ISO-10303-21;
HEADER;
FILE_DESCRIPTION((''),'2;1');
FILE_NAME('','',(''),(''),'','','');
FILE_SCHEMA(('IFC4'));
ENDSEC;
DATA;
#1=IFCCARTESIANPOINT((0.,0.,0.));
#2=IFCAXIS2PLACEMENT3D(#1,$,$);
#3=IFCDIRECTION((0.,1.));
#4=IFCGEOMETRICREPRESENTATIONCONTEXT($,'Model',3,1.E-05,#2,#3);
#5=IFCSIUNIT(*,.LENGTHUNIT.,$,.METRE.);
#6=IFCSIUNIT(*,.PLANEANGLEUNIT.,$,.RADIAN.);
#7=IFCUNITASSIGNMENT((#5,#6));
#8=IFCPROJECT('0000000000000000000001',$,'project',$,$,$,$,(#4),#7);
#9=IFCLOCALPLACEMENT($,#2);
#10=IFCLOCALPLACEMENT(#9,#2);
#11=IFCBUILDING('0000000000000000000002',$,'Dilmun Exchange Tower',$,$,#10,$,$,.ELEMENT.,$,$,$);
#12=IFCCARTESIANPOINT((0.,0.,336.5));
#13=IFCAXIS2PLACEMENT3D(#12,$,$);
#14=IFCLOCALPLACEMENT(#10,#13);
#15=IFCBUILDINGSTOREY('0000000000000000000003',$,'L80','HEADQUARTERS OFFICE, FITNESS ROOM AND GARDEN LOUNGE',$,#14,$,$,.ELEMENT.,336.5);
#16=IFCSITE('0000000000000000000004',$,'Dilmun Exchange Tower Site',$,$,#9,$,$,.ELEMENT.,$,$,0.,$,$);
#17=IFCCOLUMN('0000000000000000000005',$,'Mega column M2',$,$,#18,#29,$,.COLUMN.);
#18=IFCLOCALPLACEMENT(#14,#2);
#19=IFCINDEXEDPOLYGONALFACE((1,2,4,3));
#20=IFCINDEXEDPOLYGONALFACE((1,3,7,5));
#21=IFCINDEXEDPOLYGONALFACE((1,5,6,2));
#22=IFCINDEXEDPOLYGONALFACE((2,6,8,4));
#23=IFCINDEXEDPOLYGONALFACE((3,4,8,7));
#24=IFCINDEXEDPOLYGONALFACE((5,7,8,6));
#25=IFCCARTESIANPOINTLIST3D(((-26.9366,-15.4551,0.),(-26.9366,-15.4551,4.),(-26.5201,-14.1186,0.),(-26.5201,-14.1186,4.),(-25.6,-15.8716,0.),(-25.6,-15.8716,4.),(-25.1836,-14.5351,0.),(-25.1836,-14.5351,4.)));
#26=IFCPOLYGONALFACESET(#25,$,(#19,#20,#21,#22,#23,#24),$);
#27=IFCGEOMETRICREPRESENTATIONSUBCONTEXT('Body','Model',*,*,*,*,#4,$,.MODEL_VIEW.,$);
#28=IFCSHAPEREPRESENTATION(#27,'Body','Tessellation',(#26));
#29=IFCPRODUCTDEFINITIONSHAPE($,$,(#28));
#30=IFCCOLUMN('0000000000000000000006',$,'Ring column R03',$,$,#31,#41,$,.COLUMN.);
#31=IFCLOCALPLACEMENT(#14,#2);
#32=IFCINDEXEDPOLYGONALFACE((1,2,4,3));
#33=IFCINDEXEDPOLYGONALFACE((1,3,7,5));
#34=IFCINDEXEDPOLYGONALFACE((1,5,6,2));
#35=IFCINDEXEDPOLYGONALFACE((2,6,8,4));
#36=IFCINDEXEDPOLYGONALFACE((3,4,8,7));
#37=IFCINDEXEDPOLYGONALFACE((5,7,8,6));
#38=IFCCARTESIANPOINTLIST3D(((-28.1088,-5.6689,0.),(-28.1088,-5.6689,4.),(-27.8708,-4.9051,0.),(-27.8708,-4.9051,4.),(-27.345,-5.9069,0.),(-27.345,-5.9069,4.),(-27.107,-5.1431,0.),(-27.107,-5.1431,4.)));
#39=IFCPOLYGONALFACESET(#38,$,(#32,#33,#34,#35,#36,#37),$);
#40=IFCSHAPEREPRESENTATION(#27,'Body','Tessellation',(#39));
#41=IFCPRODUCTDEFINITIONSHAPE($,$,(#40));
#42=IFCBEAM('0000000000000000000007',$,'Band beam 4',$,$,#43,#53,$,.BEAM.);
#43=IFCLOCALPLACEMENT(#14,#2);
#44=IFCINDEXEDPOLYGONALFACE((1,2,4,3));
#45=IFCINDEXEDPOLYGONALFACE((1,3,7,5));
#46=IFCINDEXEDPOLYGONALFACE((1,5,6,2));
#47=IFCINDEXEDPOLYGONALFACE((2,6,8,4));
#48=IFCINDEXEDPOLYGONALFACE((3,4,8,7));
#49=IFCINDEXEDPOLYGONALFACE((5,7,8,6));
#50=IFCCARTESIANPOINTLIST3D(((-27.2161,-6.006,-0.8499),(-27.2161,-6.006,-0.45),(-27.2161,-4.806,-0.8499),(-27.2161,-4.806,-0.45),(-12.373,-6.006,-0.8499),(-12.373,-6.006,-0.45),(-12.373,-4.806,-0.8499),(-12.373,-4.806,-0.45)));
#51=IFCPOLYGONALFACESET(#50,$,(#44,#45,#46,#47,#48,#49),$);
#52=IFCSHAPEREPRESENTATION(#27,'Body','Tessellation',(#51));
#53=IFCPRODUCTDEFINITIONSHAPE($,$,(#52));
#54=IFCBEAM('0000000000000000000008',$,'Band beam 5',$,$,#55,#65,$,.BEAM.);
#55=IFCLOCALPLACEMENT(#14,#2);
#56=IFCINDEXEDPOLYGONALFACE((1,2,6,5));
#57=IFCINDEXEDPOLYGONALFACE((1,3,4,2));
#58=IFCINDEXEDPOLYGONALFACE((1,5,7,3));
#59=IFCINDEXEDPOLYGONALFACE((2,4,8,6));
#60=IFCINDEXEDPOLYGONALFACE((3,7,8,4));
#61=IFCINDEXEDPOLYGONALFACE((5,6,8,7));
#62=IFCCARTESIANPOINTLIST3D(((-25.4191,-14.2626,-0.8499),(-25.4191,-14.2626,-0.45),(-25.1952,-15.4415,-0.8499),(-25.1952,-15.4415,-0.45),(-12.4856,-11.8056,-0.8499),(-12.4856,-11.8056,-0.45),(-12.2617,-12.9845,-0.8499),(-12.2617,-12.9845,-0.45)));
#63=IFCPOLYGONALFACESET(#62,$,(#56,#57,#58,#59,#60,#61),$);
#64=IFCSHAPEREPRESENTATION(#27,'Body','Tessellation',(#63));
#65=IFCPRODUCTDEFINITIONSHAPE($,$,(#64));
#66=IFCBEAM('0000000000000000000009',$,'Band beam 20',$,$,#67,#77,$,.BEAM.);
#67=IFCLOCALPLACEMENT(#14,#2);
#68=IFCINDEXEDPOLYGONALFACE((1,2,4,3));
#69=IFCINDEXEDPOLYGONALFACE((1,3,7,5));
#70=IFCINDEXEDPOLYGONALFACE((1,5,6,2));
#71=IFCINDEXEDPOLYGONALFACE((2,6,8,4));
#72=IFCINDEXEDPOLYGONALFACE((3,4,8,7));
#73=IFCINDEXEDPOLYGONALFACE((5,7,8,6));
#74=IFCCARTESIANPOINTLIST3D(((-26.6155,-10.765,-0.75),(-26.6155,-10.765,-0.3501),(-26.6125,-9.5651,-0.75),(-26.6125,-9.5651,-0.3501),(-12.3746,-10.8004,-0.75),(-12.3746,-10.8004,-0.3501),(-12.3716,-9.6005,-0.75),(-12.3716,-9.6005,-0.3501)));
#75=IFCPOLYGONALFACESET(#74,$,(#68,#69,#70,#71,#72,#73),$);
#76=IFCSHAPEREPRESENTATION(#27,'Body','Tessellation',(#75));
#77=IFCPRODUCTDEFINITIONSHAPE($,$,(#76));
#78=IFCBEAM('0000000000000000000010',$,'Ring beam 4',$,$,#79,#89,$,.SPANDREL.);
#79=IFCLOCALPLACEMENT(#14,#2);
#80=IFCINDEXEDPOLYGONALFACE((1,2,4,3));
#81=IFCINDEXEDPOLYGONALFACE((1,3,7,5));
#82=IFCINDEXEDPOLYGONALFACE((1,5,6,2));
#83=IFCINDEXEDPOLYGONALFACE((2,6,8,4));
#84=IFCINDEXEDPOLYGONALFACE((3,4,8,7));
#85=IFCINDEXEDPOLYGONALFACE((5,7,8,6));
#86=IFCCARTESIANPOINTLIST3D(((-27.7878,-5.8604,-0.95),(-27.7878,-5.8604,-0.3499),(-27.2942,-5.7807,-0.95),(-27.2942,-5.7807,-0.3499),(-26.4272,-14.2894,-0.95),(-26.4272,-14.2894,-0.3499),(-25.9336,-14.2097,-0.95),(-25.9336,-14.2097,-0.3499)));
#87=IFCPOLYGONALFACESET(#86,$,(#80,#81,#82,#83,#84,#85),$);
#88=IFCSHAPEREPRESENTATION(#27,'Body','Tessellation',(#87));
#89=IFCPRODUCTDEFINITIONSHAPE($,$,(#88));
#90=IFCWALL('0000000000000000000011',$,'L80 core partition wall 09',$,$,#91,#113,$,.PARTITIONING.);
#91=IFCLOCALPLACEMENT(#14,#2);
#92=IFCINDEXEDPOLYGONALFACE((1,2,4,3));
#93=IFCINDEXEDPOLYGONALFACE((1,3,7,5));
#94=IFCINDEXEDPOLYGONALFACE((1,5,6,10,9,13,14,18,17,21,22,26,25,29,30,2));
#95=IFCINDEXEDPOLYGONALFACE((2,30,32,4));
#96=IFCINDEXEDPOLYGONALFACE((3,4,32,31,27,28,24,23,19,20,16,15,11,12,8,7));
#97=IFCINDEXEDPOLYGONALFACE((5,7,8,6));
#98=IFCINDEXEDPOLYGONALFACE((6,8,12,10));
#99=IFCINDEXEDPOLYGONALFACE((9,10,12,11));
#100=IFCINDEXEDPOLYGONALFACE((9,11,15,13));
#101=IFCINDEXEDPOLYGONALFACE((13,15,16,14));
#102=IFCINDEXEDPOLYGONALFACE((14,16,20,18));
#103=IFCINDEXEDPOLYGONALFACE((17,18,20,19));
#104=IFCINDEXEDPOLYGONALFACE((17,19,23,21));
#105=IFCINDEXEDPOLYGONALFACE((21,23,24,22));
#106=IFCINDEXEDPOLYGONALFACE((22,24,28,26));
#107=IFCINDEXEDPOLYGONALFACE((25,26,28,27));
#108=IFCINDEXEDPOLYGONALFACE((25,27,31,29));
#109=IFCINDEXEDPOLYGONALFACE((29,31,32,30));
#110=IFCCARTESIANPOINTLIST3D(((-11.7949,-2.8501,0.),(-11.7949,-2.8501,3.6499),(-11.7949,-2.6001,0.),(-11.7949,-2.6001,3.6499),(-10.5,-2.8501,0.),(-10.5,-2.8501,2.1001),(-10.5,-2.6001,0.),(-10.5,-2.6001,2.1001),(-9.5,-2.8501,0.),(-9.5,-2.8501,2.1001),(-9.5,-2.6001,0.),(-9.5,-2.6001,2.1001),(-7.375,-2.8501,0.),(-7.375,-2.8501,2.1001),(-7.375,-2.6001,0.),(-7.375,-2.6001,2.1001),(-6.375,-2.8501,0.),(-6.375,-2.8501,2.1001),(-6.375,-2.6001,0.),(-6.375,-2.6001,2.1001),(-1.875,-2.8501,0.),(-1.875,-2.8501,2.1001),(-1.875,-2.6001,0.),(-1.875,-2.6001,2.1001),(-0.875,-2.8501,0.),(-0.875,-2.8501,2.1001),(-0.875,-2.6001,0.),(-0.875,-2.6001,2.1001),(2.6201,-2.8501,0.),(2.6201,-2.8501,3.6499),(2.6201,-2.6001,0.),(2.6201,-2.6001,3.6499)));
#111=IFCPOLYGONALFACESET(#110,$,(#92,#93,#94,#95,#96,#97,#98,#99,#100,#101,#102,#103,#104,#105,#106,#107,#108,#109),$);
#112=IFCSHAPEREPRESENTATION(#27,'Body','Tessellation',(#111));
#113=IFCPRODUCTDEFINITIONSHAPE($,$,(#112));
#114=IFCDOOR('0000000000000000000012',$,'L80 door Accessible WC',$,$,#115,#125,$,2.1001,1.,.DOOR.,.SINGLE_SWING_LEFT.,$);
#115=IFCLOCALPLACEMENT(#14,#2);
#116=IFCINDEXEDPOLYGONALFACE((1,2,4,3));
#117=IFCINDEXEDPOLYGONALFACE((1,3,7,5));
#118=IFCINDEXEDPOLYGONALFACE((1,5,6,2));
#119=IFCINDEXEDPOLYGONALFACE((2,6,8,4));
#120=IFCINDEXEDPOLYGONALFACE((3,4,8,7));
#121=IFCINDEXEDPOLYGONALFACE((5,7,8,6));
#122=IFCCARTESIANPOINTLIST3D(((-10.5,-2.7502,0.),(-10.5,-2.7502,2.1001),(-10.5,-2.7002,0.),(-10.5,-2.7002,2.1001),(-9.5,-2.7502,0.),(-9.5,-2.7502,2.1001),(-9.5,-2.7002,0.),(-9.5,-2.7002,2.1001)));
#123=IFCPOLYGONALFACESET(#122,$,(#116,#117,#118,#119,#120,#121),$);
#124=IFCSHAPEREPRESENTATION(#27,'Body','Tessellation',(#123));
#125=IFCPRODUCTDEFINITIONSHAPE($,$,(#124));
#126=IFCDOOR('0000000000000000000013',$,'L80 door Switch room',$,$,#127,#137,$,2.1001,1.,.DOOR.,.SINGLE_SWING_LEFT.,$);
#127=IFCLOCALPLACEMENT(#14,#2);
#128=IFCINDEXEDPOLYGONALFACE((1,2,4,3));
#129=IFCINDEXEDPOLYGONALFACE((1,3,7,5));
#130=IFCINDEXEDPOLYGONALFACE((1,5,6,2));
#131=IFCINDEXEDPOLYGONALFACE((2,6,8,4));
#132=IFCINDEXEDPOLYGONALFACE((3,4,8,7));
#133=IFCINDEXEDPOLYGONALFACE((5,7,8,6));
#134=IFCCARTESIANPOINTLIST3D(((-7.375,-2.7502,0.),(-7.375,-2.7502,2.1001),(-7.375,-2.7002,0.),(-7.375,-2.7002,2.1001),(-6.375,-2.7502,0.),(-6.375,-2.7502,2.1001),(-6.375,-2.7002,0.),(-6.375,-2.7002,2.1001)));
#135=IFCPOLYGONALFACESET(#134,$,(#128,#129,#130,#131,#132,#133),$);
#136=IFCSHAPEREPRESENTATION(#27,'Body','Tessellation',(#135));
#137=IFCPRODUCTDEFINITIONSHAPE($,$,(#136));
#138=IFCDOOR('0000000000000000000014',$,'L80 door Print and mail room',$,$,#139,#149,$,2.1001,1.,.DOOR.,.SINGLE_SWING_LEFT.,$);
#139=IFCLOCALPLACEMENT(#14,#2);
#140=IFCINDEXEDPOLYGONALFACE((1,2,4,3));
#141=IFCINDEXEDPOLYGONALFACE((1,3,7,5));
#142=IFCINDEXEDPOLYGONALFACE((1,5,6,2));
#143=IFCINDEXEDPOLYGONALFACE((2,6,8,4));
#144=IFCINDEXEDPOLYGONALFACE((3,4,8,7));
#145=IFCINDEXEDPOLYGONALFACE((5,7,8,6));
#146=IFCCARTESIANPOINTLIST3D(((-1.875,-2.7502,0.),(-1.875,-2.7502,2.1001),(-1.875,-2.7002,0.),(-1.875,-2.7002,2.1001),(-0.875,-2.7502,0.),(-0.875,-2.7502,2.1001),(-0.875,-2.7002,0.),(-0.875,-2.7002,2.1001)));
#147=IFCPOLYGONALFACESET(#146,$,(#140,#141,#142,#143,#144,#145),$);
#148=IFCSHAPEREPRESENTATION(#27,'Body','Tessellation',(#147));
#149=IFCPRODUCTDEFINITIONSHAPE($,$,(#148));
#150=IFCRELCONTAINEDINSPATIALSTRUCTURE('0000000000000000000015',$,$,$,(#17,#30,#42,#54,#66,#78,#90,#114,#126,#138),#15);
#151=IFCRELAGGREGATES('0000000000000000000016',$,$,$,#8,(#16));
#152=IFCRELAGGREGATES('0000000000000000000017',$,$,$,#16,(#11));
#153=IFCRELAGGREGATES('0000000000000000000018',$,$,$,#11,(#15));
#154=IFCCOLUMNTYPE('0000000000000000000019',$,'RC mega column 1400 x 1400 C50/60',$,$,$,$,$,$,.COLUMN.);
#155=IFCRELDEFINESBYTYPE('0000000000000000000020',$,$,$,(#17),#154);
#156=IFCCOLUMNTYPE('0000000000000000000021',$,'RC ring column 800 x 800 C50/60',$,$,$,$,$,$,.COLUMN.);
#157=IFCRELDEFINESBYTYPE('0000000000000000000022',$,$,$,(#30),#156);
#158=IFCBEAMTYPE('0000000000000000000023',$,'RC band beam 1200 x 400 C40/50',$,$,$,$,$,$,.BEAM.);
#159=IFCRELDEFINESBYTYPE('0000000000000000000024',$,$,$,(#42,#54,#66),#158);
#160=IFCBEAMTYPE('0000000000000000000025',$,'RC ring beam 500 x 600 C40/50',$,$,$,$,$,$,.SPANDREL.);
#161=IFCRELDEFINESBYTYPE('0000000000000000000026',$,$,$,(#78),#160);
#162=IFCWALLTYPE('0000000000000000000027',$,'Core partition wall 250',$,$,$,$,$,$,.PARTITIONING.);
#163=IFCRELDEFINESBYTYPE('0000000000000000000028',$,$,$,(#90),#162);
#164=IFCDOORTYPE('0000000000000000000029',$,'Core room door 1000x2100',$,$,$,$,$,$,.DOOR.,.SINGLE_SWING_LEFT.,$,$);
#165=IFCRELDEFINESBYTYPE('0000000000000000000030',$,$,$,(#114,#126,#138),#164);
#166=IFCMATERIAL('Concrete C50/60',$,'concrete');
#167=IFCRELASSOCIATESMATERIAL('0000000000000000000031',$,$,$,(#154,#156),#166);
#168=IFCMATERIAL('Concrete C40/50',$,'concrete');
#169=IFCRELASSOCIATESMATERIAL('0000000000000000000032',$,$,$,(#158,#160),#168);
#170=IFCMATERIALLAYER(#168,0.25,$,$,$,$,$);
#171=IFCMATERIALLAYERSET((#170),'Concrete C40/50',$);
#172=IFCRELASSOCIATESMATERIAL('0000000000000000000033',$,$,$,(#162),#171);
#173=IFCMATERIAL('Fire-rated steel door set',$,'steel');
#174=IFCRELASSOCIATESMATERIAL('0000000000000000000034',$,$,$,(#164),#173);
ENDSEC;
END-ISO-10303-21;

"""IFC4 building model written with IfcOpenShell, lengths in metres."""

from ifc_helpers import new_model, si_unit, direction, frame, frame_2d, origin, origin_2d, place, context, subcontext, project, spatial, rectangle, extrude, material, layer, layer_set, material_profile, profile_set, type_object, element, fill, save


model = new_model("IFC4")

# Units and contexts
model_context = context("Model", 3, precision=1e-05, world=origin(), true_north=direction((0.0, 1.0)))
body_context = subcontext(model_context, "Body", "Model", "MODEL_VIEW")
ifc_project = project(units=[si_unit("LENGTHUNIT", "METRE"), si_unit("PLANEANGLEUNIT", "RADIAN")], contexts=[model_context])

# Site, building, storey
site_placement = place(None, origin())
site = spatial("IfcSite", under=ifc_project, at=site_placement, Name="Dilmun Exchange Tower Site", CompositionType="ELEMENT", RefElevation=0.0)
building_placement = place(site_placement, origin())
building = spatial("IfcBuilding", under=site, at=building_placement, Name="Dilmun Exchange Tower", CompositionType="ELEMENT")
storey_placement = place(building_placement, frame((0.0, 0.0, 336.5)))
storey = spatial("IfcBuildingStorey", under=building, at=storey_placement, Name="L80", Description="HEADQUARTERS OFFICE, FITNESS ROOM AND GARDEN LOUNGE", CompositionType="ELEMENT", Elevation=336.5)

# Columns
ifc_material_1 = material(Name="Concrete C50/60", Category="concrete")
ifc_material_profile_1 = material_profile(ifc_material_1, rectangle(XDim=1.3999, YDim=1.3999, at=origin_2d()), Name="1400 x 1400")
ifc_profile_set_1 = profile_set([ifc_material_profile_1], Name="Concrete C50/60")
column_type_1 = type_object("IfcColumnType", Name="RC mega column 1400 x 1400 C50/60", PredefinedType="COLUMN", material=ifc_profile_set_1)
column_1_placement = place(storey_placement, frame((-26.0601, -14.9951, 0.0), z_axis=(0.0, 0.0, 1.0), x_axis=(0.297503, 0.954721, 0.0)))
element("IfcColumn", 1, at=column_1_placement, inside=storey, type_object=column_type_1, Name="Mega column M2", PredefinedType="COLUMN", context=body_context, shape_type="SweptSolid", body=[
    extrude(rectangle(XDim=1.3999, YDim=1.3999, at=origin_2d()), origin(), (0.0, 0.0, 1.0), 4.0),
])
ifc_material_profile_2 = material_profile(ifc_material_1, rectangle(XDim=0.8, YDim=0.8, at=origin_2d()), Name="800 x 800")
ifc_profile_set_2 = profile_set([ifc_material_profile_2], Name="Concrete C50/60")
column_type_2 = type_object("IfcColumnType", Name="RC ring column 800 x 800 C50/60", PredefinedType="COLUMN", material=ifc_profile_set_2)
column_2_placement = place(storey_placement, frame((-27.6079, -5.406, 0.0), z_axis=(0.0, 0.0, 1.0), x_axis=(0.297503, 0.954721, 0.0)))
element("IfcColumn", 2, at=column_2_placement, inside=storey, type_object=column_type_2, Name="Ring column R03", PredefinedType="COLUMN", context=body_context, shape_type="SweptSolid", body=[
    extrude(rectangle(XDim=0.8, YDim=0.8, at=origin_2d()), origin(), (0.0, 0.0, 1.0), 4.0),
])

# Beams
ifc_material_2 = material(Name="Concrete C40/50", Category="concrete")
ifc_material_profile_3 = material_profile(ifc_material_2, rectangle(XDim=1.2, YDim=0.3999, at=origin_2d()), Name="1200 x 400")
ifc_profile_set_3 = profile_set([ifc_material_profile_3], Name="Concrete C40/50")
beam_type_1 = type_object("IfcBeamType", Name="RC band beam 1200 x 400 C40/50", PredefinedType="BEAM", material=ifc_profile_set_3)
beam_1_placement = place(storey_placement, frame((-27.2161, -5.406, -0.6499), z_axis=(1.0, 0.0, 0.0), x_axis=(0.0, 1.0, 0.0)))
element("IfcBeam", 3, at=beam_1_placement, inside=storey, type_object=beam_type_1, Name="Band beam 4", PredefinedType="BEAM", context=body_context, shape_type="SweptSolid", body=[
    extrude(rectangle(XDim=1.2, YDim=0.3999, at=origin_2d()), origin(), (0.0, 0.0, 1.0), 14.843),
])
beam_2_placement = place(storey_placement, frame((-25.3071, -14.8521, -0.6499), z_axis=(0.982429, 0.186635, 0.0), x_axis=(-0.186635, 0.982429, 0.0)))
element("IfcBeam", 4, at=beam_2_placement, inside=storey, type_object=beam_type_1, Name="Band beam 5", PredefinedType="BEAM", context=body_context, shape_type="SweptSolid", body=[
    extrude(rectangle(XDim=1.2, YDim=0.3999, at=origin_2d()), origin(), (0.0, 0.0, 1.0), 13.1648),
])
beam_3_placement = place(storey_placement, frame((-26.614, -10.165, -0.55), z_axis=(0.999997, -0.002486, 0.0), x_axis=(0.002486, 0.999997, 0.0)))
element("IfcBeam", 5, at=beam_3_placement, inside=storey, type_object=beam_type_1, Name="Band beam 20", PredefinedType="BEAM", context=body_context, shape_type="SweptSolid", body=[
    extrude(rectangle(XDim=1.2, YDim=0.3999, at=origin_2d()), origin(), (0.0, 0.0, 1.0), 14.241),
])
ifc_material_profile_4 = material_profile(ifc_material_2, rectangle(XDim=0.5, YDim=0.6001, at=origin_2d()), Name="500 x 600")
ifc_profile_set_4 = profile_set([ifc_material_profile_4], Name="Concrete C40/50")
beam_type_2 = type_object("IfcBeamType", Name="RC ring beam 500 x 600 C40/50", PredefinedType="SPANDREL", material=ifc_profile_set_4)
beam_4_placement = place(storey_placement, frame((-27.541, -5.8206, -0.6499), z_axis=(0.159357, -0.987221, 0.0), x_axis=(0.987221, 0.159357, 0.0)))
element("IfcBeam", 6, at=beam_4_placement, inside=storey, type_object=beam_type_2, Name="Ring beam 4", PredefinedType="SPANDREL", context=body_context, shape_type="SweptSolid", body=[
    extrude(rectangle(XDim=0.5, YDim=0.6001, at=origin_2d()), origin(), (0.0, 0.0, 1.0), 8.5381),
])

# Wall, openings, doors
ifc_layer_1 = layer(ifc_material_2, 0.25)
ifc_layer_set_1 = layer_set([ifc_layer_1], Name="Concrete C40/50")
wall_type_1 = type_object("IfcWallType", Name="Core partition wall 250", PredefinedType="PARTITIONING", material=ifc_layer_set_1)
wall_1_placement = place(storey_placement, frame((-11.7949, -2.7251, 0.0), z_axis=(0.0, 0.0, 1.0), x_axis=(1.0, 0.0, 0.0)))
wall_1 = element("IfcWall", 7, at=wall_1_placement, inside=storey, type_object=wall_type_1, Name="L80 core partition wall 09", PredefinedType="PARTITIONING", context=body_context, shape_type="SweptSolid", body=[
    extrude(rectangle(XDim=14.415, YDim=0.25, at=frame_2d((7.2075, 0.0))), origin(), (0.0, 0.0, 1.0), 3.6499),
])
opening_1_placement = place(wall_1_placement, frame((1.2949, 0.0, 0.0)))
opening_1 = element("IfcOpeningElement", 8, at=opening_1_placement, cuts=wall_1, PredefinedType="OPENING", context=body_context, shape_type="SweptSolid", body=[
    extrude(rectangle(XDim=1.0, YDim=2.1001, at=frame_2d((0.5, 1.05))), frame((0.0, 0.135, 0.0), z_axis=(0.0, -1.0, 0.0), x_axis=(1.0, 0.0, 0.0)), (0.0, 0.0, 1.0), 0.27),
])
opening_2_placement = place(wall_1_placement, frame((4.4199, 0.0, 0.0)))
opening_2 = element("IfcOpeningElement", 9, at=opening_2_placement, cuts=wall_1, PredefinedType="OPENING", context=body_context, shape_type="SweptSolid", body=[
    extrude(rectangle(XDim=1.0, YDim=2.1001, at=frame_2d((0.5, 1.05))), frame((0.0, 0.135, 0.0), z_axis=(0.0, -1.0, 0.0), x_axis=(1.0, 0.0, 0.0)), (0.0, 0.0, 1.0), 0.27),
])
opening_3_placement = place(wall_1_placement, frame((9.9199, 0.0, 0.0)))
opening_3 = element("IfcOpeningElement", 10, at=opening_3_placement, cuts=wall_1, PredefinedType="OPENING", context=body_context, shape_type="SweptSolid", body=[
    extrude(rectangle(XDim=1.0, YDim=2.1001, at=frame_2d((0.5, 1.05))), frame((0.0, 0.135, 0.0), z_axis=(0.0, -1.0, 0.0), x_axis=(1.0, 0.0, 0.0)), (0.0, 0.0, 1.0), 0.27),
])
ifc_material_3 = material(Name="Fire-rated steel door set", Category="steel")
door_type_1 = type_object("IfcDoorType", Name="Core room door 1000x2100", OperationType="SINGLE_SWING_LEFT", PredefinedType="DOOR", material=ifc_material_3)
door_1_placement = place(opening_1_placement, origin())
door_1 = element("IfcDoor", 11, at=door_1_placement, inside=storey, type_object=door_type_1, Name="L80 door Accessible WC", OperationType="SINGLE_SWING_LEFT", OverallHeight=2.1001, OverallWidth=1.0, PredefinedType="DOOR", context=body_context, shape_type="SweptSolid", body=[
    extrude(rectangle(XDim=1.0, YDim=2.1001, at=frame_2d((0.5, 1.05))), frame((0.0, 0.0249, 0.0), z_axis=(0.0, -1.0, 0.0), x_axis=(1.0, 0.0, 0.0)), (0.0, 0.0, 1.0), 0.05),
])
fill(opening_1, door_1)
door_2_placement = place(opening_2_placement, origin())
door_2 = element("IfcDoor", 12, at=door_2_placement, inside=storey, type_object=door_type_1, Name="L80 door Switch room", OperationType="SINGLE_SWING_LEFT", OverallHeight=2.1001, OverallWidth=1.0, PredefinedType="DOOR", context=body_context, shape_type="SweptSolid", body=[
    extrude(rectangle(XDim=1.0, YDim=2.1001, at=frame_2d((0.5, 1.05))), frame((0.0, 0.0249, 0.0), z_axis=(0.0, -1.0, 0.0), x_axis=(1.0, 0.0, 0.0)), (0.0, 0.0, 1.0), 0.05),
])
fill(opening_2, door_2)
door_3_placement = place(opening_3_placement, origin())
door_3 = element("IfcDoor", 13, at=door_3_placement, inside=storey, type_object=door_type_1, Name="L80 door Print and mail room", OperationType="SINGLE_SWING_LEFT", OverallHeight=2.1001, OverallWidth=1.0, PredefinedType="DOOR", context=body_context, shape_type="SweptSolid", body=[
    extrude(rectangle(XDim=1.0, YDim=2.1001, at=frame_2d((0.5, 1.05))), frame((0.0, 0.0249, 0.0), z_axis=(0.0, -1.0, 0.0), x_axis=(1.0, 0.0, 0.0)), (0.0, 0.0, 1.0), 0.05),
])
fill(opening_3, door_3)

save(model, "model.ifc")
